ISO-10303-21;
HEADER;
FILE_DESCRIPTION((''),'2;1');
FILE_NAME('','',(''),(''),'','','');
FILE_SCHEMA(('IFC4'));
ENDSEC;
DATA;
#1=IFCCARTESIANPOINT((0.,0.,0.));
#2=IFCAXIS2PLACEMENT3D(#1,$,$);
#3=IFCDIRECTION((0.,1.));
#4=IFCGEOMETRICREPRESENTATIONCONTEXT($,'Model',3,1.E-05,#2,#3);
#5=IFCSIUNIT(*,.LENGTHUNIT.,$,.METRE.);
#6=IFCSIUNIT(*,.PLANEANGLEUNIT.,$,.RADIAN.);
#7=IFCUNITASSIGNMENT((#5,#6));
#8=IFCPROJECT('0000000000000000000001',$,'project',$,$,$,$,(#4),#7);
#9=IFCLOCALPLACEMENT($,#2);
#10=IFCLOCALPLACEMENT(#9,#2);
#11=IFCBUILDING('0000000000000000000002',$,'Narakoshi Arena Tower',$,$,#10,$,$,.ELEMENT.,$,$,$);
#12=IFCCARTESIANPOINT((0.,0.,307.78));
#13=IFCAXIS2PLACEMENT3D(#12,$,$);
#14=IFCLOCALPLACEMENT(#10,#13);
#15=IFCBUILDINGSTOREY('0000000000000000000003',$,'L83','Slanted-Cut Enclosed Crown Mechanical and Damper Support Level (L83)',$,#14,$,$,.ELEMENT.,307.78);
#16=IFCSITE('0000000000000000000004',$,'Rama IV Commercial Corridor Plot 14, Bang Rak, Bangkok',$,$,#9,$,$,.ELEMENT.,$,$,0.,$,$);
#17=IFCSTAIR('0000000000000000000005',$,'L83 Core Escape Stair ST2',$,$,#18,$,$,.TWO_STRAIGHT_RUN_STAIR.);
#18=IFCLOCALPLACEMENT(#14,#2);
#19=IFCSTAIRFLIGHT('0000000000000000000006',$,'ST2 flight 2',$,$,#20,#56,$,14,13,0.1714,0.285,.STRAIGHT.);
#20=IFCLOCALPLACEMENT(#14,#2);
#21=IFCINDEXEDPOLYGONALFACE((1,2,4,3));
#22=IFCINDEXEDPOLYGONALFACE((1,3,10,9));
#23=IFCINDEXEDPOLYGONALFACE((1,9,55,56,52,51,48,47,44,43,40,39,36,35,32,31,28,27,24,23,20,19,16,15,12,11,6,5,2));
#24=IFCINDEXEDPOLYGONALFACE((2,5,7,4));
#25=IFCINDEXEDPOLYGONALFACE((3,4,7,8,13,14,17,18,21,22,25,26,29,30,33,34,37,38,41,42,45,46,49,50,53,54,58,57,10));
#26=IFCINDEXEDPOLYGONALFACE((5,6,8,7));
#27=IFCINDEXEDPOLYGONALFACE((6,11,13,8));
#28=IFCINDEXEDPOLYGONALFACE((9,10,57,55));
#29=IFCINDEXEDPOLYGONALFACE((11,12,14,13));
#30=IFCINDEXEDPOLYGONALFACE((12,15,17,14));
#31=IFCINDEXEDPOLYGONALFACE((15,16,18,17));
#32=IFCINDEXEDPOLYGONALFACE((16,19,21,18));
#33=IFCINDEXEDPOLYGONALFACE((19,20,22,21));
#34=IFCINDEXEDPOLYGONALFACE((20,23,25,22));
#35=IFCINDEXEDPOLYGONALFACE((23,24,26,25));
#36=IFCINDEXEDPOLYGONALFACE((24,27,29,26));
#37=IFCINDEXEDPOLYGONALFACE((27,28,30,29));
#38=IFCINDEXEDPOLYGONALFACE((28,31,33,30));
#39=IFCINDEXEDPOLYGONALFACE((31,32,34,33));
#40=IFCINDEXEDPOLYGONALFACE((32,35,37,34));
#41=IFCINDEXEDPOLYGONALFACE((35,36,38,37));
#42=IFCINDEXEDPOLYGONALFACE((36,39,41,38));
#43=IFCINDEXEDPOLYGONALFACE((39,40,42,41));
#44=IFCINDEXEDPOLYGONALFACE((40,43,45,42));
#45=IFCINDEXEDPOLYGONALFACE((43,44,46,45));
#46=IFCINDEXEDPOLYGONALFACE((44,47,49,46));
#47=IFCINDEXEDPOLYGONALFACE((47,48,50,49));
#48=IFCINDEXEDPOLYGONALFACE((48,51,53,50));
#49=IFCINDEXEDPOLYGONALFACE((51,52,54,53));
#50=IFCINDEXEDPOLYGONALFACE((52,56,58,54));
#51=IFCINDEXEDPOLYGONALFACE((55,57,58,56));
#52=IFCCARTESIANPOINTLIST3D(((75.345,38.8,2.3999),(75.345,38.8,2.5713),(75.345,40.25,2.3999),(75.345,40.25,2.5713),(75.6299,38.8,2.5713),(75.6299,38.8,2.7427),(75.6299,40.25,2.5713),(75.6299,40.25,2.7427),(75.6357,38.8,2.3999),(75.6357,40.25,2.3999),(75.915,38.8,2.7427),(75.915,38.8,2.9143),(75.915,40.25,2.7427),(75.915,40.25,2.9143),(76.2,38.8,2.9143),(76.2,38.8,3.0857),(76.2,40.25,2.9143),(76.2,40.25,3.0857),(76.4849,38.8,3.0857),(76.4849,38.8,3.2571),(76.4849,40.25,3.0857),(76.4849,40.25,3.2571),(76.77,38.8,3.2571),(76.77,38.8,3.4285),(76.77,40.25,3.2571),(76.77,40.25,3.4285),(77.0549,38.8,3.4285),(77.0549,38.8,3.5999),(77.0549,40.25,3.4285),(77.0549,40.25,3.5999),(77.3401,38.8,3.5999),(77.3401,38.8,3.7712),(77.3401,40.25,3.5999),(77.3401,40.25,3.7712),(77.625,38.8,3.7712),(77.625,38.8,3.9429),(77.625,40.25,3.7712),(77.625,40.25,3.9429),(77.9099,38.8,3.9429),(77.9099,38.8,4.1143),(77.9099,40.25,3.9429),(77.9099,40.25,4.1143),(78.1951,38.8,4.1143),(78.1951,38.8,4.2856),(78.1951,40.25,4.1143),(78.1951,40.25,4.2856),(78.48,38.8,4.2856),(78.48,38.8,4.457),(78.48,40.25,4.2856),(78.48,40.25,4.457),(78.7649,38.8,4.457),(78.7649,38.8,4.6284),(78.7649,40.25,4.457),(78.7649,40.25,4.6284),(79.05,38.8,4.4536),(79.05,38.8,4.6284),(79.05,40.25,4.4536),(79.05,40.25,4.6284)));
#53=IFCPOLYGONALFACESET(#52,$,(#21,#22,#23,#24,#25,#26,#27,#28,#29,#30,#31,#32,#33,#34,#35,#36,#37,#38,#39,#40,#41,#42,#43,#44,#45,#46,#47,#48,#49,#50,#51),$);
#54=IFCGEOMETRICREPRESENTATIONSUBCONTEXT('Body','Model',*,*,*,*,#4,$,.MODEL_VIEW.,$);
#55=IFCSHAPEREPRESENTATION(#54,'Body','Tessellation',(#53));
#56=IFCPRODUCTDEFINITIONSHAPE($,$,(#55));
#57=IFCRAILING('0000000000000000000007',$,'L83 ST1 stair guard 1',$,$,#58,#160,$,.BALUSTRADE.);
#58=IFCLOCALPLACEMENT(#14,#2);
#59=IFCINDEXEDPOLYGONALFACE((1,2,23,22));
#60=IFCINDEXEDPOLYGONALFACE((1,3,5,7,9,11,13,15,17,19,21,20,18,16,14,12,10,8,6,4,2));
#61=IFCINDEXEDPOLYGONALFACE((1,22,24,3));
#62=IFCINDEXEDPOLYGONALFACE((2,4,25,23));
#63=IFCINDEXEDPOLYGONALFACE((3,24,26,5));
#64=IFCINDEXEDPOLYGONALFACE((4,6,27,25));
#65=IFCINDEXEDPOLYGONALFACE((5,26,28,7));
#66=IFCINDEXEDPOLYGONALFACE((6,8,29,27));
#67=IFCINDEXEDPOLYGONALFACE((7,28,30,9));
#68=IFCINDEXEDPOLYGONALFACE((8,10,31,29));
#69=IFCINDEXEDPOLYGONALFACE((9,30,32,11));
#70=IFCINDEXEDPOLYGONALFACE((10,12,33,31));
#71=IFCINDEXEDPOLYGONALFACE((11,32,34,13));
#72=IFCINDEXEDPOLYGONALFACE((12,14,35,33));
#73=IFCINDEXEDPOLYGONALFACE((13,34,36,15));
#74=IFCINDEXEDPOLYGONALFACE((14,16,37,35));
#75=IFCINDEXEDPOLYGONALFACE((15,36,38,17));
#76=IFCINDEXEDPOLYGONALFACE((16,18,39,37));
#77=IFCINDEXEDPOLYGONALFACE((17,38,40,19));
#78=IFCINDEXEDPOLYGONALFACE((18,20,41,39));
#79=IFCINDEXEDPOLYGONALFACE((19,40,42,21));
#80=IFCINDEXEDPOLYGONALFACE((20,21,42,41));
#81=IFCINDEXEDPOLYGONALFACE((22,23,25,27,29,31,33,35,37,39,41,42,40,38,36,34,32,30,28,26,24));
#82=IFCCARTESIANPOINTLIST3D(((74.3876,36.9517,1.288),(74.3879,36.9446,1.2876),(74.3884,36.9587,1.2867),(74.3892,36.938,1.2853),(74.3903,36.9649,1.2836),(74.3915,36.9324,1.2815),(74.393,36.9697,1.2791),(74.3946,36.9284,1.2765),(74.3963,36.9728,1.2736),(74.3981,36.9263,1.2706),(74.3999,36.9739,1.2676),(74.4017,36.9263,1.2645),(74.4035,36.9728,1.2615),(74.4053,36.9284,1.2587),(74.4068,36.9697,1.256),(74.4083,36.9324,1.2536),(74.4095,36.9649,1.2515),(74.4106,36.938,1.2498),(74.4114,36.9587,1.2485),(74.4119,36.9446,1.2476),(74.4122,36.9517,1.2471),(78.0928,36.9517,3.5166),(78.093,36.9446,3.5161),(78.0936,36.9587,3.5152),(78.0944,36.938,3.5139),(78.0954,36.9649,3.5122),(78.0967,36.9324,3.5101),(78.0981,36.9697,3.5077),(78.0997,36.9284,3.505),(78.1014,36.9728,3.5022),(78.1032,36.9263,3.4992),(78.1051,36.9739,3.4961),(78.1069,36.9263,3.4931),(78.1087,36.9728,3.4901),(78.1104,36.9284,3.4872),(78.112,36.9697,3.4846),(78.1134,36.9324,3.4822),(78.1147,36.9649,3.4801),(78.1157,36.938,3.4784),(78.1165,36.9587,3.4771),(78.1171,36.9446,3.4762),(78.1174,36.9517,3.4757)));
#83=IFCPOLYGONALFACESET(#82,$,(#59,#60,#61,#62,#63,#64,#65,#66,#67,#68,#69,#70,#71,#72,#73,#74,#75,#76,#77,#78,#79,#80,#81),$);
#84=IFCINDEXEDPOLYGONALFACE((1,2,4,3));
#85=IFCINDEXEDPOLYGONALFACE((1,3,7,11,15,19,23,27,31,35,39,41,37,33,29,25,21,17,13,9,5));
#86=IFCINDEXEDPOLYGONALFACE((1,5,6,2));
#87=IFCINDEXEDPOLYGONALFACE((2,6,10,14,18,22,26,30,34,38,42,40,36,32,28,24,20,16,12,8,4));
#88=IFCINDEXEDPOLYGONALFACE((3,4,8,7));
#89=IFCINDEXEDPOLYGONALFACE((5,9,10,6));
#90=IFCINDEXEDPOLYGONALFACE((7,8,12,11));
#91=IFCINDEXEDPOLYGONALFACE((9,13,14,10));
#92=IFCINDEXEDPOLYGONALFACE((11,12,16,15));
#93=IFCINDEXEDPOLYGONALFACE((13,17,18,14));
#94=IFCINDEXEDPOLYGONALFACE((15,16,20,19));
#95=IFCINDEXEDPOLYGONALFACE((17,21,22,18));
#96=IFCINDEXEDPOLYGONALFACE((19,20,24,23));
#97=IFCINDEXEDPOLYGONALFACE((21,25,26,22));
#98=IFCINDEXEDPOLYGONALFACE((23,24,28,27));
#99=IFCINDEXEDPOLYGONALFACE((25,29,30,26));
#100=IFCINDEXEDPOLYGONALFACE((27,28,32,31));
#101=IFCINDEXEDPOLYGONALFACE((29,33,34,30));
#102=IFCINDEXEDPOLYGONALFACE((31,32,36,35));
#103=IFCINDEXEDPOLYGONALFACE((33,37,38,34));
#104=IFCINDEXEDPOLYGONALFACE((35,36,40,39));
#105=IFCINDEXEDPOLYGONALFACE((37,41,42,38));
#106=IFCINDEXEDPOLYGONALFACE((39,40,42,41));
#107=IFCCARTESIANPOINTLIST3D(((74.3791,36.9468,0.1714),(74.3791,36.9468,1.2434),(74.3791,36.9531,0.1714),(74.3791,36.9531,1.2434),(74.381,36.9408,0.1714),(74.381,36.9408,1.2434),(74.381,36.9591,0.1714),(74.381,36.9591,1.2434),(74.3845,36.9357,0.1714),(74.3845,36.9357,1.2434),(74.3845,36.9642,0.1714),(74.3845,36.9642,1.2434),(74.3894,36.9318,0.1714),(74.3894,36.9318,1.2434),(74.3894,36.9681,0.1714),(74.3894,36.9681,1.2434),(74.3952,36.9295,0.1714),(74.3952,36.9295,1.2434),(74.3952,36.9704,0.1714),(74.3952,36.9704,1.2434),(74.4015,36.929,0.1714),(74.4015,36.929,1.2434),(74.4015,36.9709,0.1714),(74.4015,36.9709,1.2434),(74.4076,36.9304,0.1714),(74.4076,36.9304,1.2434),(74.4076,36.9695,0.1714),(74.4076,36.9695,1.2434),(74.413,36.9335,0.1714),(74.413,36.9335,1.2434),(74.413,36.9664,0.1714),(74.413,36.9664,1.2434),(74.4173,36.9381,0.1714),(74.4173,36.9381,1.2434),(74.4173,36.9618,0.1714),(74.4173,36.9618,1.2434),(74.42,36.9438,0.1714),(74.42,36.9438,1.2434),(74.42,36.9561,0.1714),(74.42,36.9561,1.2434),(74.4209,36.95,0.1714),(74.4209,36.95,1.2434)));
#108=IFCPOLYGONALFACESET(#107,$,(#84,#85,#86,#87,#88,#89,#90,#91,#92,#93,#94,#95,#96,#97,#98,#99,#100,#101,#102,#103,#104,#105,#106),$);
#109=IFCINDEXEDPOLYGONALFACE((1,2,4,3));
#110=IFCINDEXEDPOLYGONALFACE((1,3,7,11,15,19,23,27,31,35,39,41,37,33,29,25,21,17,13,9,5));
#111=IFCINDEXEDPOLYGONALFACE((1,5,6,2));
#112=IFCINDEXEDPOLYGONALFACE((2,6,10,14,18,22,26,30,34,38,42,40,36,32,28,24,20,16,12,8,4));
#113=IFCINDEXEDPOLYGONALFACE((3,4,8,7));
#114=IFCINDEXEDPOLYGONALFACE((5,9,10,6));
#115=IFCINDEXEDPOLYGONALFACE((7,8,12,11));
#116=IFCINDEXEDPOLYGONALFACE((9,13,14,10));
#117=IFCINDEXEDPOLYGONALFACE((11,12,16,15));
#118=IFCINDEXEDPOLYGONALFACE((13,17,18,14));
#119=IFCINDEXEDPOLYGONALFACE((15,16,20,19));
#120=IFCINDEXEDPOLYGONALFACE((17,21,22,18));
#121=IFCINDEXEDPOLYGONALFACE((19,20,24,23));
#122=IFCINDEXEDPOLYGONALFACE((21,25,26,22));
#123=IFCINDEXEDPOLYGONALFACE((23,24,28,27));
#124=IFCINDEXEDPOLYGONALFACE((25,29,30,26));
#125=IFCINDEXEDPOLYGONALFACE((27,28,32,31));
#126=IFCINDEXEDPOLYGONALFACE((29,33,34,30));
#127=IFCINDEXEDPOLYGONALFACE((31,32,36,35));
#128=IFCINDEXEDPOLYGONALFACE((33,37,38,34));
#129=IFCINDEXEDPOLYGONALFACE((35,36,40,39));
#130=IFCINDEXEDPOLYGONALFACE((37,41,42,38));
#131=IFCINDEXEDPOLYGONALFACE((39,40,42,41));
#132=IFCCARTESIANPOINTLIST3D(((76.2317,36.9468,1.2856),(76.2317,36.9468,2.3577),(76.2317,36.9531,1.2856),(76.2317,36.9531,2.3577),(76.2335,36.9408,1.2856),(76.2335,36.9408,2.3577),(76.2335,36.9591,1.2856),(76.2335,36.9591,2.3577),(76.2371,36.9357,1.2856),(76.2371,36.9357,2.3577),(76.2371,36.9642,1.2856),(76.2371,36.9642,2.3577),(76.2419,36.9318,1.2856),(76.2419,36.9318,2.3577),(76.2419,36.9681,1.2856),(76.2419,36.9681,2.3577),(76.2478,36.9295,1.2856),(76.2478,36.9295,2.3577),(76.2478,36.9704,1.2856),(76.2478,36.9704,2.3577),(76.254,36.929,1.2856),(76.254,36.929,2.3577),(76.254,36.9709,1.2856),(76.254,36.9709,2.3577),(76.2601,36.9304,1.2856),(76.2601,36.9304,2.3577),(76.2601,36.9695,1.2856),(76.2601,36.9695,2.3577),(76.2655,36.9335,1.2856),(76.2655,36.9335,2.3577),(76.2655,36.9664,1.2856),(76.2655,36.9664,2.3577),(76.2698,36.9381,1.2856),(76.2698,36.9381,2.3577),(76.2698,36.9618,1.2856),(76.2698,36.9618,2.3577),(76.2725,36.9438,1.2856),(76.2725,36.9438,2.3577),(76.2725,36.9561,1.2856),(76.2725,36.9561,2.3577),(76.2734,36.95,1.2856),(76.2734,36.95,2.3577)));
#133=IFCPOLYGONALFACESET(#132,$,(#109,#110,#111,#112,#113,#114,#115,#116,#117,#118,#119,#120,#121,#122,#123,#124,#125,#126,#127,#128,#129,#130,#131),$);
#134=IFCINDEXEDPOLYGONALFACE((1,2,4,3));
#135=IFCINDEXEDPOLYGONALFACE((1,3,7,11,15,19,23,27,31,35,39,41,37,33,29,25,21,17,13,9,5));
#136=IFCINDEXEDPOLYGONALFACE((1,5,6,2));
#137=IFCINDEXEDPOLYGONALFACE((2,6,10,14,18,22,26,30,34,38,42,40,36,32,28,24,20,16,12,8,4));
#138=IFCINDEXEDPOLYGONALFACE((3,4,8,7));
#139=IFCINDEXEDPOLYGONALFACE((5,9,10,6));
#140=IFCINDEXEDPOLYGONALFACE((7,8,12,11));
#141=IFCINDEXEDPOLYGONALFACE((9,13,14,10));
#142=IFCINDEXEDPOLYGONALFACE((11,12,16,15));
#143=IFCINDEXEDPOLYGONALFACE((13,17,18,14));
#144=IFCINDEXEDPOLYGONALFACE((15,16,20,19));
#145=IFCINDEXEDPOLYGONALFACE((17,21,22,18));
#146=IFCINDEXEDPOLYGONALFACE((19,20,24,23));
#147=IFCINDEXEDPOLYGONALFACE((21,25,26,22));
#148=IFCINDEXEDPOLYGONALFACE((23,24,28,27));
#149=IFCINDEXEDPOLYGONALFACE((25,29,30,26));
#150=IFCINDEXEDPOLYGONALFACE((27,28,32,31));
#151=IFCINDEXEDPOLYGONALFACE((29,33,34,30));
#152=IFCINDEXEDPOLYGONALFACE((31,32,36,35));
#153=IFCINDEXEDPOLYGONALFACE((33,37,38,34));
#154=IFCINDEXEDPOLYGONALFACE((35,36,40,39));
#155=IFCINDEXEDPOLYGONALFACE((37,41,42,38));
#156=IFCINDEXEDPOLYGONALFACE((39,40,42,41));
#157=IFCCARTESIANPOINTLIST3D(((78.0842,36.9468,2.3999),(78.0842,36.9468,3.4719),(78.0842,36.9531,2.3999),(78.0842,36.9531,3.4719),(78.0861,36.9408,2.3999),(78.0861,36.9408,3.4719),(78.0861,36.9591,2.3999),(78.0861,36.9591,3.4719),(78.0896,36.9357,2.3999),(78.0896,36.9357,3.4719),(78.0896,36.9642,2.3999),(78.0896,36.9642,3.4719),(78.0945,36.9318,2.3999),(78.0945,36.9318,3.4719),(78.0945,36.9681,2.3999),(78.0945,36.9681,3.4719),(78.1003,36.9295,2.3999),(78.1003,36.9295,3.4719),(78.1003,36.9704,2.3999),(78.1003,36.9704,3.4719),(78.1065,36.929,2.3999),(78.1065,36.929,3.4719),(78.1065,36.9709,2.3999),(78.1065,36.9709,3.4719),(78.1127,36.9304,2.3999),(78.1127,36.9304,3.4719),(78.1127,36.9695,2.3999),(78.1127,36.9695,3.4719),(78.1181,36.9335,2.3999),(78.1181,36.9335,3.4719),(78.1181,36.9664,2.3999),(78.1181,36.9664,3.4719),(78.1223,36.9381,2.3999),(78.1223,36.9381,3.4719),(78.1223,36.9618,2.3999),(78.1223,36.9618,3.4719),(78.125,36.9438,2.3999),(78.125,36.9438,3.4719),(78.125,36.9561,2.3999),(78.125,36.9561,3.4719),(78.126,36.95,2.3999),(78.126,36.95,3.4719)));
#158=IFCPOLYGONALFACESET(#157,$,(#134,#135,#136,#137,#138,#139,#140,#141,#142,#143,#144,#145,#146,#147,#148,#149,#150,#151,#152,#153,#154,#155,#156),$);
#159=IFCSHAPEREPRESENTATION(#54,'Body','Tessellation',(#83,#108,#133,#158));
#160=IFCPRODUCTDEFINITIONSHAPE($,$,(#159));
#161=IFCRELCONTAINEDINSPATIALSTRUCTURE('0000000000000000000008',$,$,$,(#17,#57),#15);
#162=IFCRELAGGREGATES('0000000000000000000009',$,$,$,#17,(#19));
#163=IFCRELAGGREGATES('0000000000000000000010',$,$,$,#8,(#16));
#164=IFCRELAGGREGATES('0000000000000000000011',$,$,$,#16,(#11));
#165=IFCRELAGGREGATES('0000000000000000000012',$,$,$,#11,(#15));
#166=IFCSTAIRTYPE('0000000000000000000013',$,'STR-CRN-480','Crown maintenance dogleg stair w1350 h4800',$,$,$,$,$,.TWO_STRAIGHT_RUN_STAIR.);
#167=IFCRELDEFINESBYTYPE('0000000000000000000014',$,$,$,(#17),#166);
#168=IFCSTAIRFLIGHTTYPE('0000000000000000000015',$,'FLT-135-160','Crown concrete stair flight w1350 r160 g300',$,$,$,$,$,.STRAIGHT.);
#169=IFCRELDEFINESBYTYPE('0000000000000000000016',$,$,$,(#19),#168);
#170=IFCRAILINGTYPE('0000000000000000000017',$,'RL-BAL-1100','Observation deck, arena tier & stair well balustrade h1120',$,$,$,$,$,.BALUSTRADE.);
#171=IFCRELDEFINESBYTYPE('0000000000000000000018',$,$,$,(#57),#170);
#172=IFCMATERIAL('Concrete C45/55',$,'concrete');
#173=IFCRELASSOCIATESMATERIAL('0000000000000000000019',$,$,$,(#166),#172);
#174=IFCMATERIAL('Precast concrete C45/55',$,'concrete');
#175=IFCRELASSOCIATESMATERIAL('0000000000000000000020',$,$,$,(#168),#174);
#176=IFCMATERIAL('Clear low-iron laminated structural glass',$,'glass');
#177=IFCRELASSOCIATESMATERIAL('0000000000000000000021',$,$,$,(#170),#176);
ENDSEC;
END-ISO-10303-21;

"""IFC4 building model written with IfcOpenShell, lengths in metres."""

from ifc_helpers import new_model, si_unit, direction, frame, origin, origin_2d, place, context, subcontext, project, spatial, polyline, circle, outline, extrude, material, type_object, element, aggregate, save


model = new_model("IFC4")

# Units and contexts
model_context = context("Model", 3, precision=1e-05, world=origin(), true_north=direction((0.0, 1.0)))
body_context = subcontext(model_context, "Body", "Model", "MODEL_VIEW")
ifc_project = project(units=[si_unit("LENGTHUNIT", "METRE"), si_unit("PLANEANGLEUNIT", "RADIAN")], contexts=[model_context])

# Site, building, storey
site_placement = place(None, origin())
site = spatial("IfcSite", under=ifc_project, at=site_placement, Name="Rama IV Commercial Corridor Plot 14, Bang Rak, Bangkok", CompositionType="ELEMENT", RefElevation=0.0)
building_placement = place(site_placement, origin())
building = spatial("IfcBuilding", under=site, at=building_placement, Name="Narakoshi Arena Tower", CompositionType="ELEMENT")
storey_placement = place(building_placement, frame((0.0, 0.0, 307.78)))
storey = spatial("IfcBuildingStorey", under=building, at=storey_placement, Name="L83", Description="Slanted-Cut Enclosed Crown Mechanical and Damper Support Level (L83)", CompositionType="ELEMENT", Elevation=307.78)

# Shared definitions
ifc_material_1 = material(Name="Precast concrete C45/55", Category="concrete")

# Shared definitions
ifc_material_2 = material(Name="Concrete C45/55", Category="concrete")
stair_type = type_object("IfcStairType", Name="STR-CRN-480", Description="Crown maintenance dogleg stair w1350 h4800", PredefinedType="TWO_STRAIGHT_RUN_STAIR", material=ifc_material_2)
stair_flight_type = type_object("IfcStairFlightType", Name="FLT-135-160", Description="Crown concrete stair flight w1350 r160 g300", PredefinedType="STRAIGHT", material=ifc_material_1)

# Stair, stair flight
stair_1_placement = place(storey_placement, origin())
stair_1 = element("IfcStair", 1, at=stair_1_placement, inside=storey, type_object=stair_type, Name="L83 Core Escape Stair ST2", PredefinedType="TWO_STRAIGHT_RUN_STAIR")
stair_flight_1_placement = place(storey_placement, frame((75.345, 39.5249, 2.3999), z_axis=(0.0, 0.0, 1.0), x_axis=(1.0, 0.0, 0.0)))
stair_flight_1 = element("IfcStairFlight", 2, at=stair_flight_1_placement, type_object=stair_flight_type, Name="ST2 flight 2", NumberOfRisers=14, NumberOfTreads=13, PredefinedType="STRAIGHT", RiserHeight=0.1714, TreadLength=0.285, context=body_context, shape_type="SweptSolid", body=[
    extrude(outline(polyline([(0.0, 0.0), (0.0, 0.1714), (0.2849, 0.1714), (0.2849, 0.3428), (0.5701, 0.3428), (0.5701, 0.5144), (0.855, 0.5144), (0.855, 0.6858), (1.1399, 0.6858), (1.1399, 0.8572), (1.425, 0.8572), (1.425, 1.0286), (1.71, 1.0286), (1.71, 1.2), (1.9951, 1.2), (1.9951, 1.3713), (2.28, 1.3713), (2.28, 1.543), (2.5649, 1.543), (2.5649, 1.7144), (2.8501, 1.7144), (2.8501, 1.8857), (3.135, 1.8857), (3.135, 2.0571), (3.4199, 2.0571), (3.4199, 2.2285), (3.7051, 2.2285), (3.7051, 2.3999), (3.7051, 2.0537), (0.2908, 0.0), (0.0, 0.0)])), frame((0.0, 0.7251, 0.0), z_axis=(0.0, -1.0, 0.0), x_axis=(1.0, 0.0, 0.0)), (0.0, 0.0, 1.0), 1.45),
])
aggregate(stair_1, [stair_flight_1])

# Railing
ifc_material_3 = material(Name="Clear low-iron laminated structural glass", Category="glass")
railing_type_1 = type_object("IfcRailingType", Name="RL-BAL-1100", Description="Observation deck, arena tier & stair well balustrade h1120", PredefinedType="BALUSTRADE", material=ifc_material_3)
railing_1_placement = place(storey_placement, frame((74.3999, 36.95, 0.1714)))
element("IfcRailing", 3, at=railing_1_placement, inside=storey, type_object=railing_type_1, Name="L83 ST1 stair guard 1", PredefinedType="BALUSTRADE", context=body_context, shape_type="SweptSolid", body=[
    extrude(circle(Radius=0.0239, at=origin_2d()), frame((0.0, 0.0, 1.0962), z_axis=(0.856934, 0.0, 0.515425), x_axis=(0.0, 1.0, 0.0)), (0.0, 0.0, 1.0), 4.3237),
    extrude(circle(Radius=0.021, at=origin_2d()), origin(), (0.0, 0.0, 1.0), 1.072),
    extrude(circle(Radius=0.021, at=origin_2d()), frame((1.8525, 0.0, 1.1143)), (0.0, 0.0, 1.0), 1.072),
    extrude(circle(Radius=0.021, at=origin_2d()), frame((3.7051, 0.0, 2.2285)), (0.0, 0.0, 1.0), 1.072),
])

save(model, "model.ifc")
